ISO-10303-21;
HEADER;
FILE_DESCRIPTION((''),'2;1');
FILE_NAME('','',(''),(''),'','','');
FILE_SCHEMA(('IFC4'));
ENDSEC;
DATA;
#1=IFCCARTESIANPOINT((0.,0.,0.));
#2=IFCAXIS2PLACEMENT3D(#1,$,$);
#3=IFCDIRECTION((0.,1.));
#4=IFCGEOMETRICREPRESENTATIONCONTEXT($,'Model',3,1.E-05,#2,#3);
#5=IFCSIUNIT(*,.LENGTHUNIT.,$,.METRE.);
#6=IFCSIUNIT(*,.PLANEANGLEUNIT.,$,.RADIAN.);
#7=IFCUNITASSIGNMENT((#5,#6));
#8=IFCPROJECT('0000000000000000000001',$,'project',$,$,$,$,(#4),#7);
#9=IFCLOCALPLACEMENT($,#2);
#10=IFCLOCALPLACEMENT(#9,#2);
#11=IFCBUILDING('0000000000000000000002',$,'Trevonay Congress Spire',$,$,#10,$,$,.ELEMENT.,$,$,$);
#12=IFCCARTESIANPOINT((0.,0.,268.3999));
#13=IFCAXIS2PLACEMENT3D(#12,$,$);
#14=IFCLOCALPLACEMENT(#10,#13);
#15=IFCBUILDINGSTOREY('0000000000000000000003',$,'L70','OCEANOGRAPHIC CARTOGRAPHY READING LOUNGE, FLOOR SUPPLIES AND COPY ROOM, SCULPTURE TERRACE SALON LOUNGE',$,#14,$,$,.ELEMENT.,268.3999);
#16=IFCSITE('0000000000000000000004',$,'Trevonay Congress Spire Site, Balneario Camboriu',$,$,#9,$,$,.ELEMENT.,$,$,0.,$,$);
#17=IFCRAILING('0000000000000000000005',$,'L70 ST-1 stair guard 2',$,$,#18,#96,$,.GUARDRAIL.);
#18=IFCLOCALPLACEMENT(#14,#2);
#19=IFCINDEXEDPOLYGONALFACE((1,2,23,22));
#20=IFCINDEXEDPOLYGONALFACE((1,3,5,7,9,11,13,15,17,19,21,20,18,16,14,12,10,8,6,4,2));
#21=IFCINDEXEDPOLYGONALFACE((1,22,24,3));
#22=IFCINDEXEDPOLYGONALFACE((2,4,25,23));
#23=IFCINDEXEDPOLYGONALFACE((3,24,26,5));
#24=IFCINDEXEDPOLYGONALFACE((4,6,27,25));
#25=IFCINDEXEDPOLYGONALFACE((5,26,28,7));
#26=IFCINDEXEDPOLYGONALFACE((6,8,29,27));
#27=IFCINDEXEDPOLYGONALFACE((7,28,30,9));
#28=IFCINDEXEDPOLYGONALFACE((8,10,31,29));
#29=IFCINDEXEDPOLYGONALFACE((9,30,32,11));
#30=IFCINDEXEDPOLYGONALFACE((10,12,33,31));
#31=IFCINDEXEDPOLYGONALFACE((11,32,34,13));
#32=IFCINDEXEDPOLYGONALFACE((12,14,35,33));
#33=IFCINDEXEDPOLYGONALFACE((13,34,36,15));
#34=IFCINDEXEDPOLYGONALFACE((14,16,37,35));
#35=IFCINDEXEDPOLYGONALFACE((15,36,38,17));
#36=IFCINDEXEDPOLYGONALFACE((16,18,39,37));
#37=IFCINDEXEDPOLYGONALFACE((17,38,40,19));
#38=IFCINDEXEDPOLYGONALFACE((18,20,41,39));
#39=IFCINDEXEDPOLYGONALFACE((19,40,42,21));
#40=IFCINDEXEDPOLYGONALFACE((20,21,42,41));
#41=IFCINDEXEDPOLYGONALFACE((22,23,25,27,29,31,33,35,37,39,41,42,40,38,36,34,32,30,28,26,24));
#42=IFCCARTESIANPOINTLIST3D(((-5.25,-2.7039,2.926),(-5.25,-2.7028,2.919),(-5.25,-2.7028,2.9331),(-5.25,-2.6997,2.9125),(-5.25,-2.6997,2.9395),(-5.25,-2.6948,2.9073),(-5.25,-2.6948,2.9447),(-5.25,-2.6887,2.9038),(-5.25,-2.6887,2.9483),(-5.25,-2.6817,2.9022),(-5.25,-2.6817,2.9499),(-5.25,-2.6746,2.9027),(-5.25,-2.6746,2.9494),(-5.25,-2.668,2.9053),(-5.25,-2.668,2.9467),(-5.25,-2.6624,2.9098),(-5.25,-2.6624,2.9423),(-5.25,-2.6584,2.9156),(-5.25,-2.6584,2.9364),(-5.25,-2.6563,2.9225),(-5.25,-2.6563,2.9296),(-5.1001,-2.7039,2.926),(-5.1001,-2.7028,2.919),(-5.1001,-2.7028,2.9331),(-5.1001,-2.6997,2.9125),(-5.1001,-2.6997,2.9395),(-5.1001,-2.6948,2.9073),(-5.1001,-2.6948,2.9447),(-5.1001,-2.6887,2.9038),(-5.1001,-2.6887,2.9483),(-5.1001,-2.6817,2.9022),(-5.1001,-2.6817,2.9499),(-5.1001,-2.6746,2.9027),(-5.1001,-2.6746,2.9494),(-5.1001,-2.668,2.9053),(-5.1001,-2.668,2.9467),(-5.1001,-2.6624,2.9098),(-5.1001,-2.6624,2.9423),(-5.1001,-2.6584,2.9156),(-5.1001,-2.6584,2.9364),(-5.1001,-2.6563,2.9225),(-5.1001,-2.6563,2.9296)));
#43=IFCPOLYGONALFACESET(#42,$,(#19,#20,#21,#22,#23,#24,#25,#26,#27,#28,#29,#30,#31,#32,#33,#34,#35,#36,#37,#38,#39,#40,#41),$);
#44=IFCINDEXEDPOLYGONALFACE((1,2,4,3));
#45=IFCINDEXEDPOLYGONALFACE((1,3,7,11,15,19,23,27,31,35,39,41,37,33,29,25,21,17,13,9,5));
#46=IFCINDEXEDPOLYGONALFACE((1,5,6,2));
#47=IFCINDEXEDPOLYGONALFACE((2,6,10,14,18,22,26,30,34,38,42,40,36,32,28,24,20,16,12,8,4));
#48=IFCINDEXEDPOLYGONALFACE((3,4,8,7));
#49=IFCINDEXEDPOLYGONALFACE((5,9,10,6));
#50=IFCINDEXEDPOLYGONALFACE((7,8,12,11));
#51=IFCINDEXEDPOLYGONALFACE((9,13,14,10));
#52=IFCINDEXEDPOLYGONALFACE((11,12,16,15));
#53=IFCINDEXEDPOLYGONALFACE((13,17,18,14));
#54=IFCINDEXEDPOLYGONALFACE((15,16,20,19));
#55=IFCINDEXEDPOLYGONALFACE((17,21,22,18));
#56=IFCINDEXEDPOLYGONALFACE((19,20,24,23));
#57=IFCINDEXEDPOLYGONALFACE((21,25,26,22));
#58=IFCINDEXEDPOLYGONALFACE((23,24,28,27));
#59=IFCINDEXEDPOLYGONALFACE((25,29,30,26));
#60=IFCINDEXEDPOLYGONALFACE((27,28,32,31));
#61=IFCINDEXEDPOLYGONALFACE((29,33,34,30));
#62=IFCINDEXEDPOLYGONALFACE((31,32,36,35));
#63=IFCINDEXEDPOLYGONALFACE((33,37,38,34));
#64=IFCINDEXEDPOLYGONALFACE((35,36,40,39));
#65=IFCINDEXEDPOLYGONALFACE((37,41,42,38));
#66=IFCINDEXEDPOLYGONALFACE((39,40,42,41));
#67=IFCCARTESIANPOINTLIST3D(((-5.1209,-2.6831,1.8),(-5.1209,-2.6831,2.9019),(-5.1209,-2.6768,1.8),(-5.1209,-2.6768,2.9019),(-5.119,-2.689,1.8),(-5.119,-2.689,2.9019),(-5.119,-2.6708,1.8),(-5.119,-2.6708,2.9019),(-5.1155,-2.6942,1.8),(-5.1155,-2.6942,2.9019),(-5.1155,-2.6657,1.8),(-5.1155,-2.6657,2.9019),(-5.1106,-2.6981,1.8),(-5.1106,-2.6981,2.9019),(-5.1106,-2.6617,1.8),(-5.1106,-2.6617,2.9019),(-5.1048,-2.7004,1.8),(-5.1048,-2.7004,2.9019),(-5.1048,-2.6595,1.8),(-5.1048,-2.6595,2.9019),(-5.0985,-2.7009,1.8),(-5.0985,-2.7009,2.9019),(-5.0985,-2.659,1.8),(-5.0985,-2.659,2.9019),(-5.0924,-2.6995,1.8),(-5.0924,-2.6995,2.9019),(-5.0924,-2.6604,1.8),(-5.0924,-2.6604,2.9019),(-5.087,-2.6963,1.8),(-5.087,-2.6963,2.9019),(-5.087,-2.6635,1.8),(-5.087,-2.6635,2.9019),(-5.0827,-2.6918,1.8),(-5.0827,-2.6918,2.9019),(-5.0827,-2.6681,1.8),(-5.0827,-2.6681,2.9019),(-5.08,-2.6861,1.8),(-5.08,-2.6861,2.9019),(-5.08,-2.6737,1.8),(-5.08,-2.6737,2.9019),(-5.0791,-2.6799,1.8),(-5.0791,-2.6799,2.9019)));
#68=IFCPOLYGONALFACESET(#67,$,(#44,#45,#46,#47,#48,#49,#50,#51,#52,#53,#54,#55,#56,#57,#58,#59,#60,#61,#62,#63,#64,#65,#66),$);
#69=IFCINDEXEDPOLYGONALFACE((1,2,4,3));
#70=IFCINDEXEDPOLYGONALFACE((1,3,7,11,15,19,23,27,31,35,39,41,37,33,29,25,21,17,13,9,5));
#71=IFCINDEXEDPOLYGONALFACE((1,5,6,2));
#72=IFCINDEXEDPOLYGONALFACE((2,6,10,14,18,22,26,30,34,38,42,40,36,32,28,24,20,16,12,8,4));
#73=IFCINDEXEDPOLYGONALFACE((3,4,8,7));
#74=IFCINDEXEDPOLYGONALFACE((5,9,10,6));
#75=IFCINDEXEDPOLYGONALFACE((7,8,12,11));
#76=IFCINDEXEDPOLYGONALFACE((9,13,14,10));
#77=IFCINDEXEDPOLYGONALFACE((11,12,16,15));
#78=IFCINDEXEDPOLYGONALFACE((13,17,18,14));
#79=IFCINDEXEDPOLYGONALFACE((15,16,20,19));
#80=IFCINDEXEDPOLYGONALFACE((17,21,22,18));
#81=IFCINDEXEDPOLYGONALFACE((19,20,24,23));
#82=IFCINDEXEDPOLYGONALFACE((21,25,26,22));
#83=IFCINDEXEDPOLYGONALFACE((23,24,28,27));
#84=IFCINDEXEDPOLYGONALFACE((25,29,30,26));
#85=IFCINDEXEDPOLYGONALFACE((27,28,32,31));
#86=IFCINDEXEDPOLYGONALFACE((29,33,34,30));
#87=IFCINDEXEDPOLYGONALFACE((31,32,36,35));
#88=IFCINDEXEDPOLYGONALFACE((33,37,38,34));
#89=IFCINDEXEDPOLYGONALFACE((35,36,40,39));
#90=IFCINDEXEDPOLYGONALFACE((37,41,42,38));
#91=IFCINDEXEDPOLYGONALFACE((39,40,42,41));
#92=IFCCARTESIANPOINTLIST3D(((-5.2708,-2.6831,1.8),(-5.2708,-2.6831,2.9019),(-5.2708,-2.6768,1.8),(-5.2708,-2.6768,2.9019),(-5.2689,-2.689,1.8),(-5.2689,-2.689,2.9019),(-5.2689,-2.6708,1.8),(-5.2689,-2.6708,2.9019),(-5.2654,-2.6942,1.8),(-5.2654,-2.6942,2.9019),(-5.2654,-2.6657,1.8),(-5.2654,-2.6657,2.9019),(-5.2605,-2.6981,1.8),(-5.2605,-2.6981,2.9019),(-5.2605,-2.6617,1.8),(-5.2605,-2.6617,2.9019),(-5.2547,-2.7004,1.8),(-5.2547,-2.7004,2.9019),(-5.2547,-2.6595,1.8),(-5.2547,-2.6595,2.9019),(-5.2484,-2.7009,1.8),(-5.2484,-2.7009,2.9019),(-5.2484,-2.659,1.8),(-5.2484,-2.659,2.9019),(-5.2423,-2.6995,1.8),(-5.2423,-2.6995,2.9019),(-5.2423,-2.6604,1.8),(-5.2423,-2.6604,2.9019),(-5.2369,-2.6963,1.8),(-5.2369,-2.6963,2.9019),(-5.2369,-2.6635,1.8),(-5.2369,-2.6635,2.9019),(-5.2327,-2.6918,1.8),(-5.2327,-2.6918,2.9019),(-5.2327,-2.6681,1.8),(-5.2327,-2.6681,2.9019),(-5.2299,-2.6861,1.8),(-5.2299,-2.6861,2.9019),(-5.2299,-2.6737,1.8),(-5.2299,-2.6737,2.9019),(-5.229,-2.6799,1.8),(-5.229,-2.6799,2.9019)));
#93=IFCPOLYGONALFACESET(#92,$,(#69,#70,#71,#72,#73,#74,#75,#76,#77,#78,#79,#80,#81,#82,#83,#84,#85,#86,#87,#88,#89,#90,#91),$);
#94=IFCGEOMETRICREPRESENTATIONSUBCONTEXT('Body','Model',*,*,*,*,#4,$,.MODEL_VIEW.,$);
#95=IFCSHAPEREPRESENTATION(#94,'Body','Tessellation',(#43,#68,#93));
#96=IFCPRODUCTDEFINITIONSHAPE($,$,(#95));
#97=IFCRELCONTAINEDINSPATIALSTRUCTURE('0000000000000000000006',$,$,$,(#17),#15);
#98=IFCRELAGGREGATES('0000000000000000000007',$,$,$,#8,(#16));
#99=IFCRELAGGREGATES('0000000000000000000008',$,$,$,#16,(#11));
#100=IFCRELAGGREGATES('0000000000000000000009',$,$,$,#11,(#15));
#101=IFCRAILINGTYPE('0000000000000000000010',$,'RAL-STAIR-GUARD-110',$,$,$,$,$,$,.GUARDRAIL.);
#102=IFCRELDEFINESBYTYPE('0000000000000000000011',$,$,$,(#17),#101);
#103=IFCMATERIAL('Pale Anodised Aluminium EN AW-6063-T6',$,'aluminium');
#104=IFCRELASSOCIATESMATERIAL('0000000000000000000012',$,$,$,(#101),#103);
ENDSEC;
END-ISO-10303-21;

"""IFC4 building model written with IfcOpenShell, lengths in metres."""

from ifc_helpers import new_model, si_unit, direction, frame, origin, origin_2d, place, context, subcontext, project, spatial, circle, extrude, material, type_object, element, save


model = new_model("IFC4")

# Units and contexts
model_context = context("Model", 3, precision=1e-05, world=origin(), true_north=direction((0.0, 1.0)))
body_context = subcontext(model_context, "Body", "Model", "MODEL_VIEW")
ifc_project = project(units=[si_unit("LENGTHUNIT", "METRE"), si_unit("PLANEANGLEUNIT", "RADIAN")], contexts=[model_context])

# Site, building, storey
site_placement = place(None, origin())
site = spatial("IfcSite", under=ifc_project, at=site_placement, Name="Trevonay Congress Spire Site, Balneario Camboriu", CompositionType="ELEMENT", RefElevation=0.0)
building_placement = place(site_placement, origin())
building = spatial("IfcBuilding", under=site, at=building_placement, Name="Trevonay Congress Spire", CompositionType="ELEMENT")
storey_placement = place(building_placement, frame((0.0, 0.0, 268.3999)))
storey = spatial("IfcBuildingStorey", under=building, at=storey_placement, Name="L70", Description="OCEANOGRAPHIC CARTOGRAPHY READING LOUNGE, FLOOR SUPPLIES AND COPY ROOM, SCULPTURE TERRACE SALON LOUNGE", CompositionType="ELEMENT", Elevation=268.3999)

# Railing
ifc_material_1 = material(Name="Pale Anodised Aluminium EN AW-6063-T6", Category="aluminium")
railing_type_1 = type_object("IfcRailingType", Name="RAL-STAIR-GUARD-110", PredefinedType="GUARDRAIL", material=ifc_material_1)
railing_1_placement = place(storey_placement, frame((-5.1001, -2.6799, 1.8)))
element("IfcRailing", 1, at=railing_1_placement, inside=storey, type_object=railing_type_1, Name="L70 ST-1 stair guard 2", PredefinedType="GUARDRAIL", context=body_context, shape_type="SweptSolid", body=[
    extrude(circle(Radius=0.0239, at=origin_2d()), frame((0.0, 0.0, 1.126), z_axis=(-1.0, 0.0, 0.0), x_axis=(0.0, -1.0, 0.0)), (0.0, 0.0, 1.0), 0.1499),
    extrude(circle(Radius=0.021, at=origin_2d()), origin(), (0.0, 0.0, 1.0), 1.1018),
    extrude(circle(Radius=0.021, at=origin_2d()), frame((-0.1499, 0.0, 0.0)), (0.0, 0.0, 1.0), 1.1018),
])

save(model, "model.ifc")
